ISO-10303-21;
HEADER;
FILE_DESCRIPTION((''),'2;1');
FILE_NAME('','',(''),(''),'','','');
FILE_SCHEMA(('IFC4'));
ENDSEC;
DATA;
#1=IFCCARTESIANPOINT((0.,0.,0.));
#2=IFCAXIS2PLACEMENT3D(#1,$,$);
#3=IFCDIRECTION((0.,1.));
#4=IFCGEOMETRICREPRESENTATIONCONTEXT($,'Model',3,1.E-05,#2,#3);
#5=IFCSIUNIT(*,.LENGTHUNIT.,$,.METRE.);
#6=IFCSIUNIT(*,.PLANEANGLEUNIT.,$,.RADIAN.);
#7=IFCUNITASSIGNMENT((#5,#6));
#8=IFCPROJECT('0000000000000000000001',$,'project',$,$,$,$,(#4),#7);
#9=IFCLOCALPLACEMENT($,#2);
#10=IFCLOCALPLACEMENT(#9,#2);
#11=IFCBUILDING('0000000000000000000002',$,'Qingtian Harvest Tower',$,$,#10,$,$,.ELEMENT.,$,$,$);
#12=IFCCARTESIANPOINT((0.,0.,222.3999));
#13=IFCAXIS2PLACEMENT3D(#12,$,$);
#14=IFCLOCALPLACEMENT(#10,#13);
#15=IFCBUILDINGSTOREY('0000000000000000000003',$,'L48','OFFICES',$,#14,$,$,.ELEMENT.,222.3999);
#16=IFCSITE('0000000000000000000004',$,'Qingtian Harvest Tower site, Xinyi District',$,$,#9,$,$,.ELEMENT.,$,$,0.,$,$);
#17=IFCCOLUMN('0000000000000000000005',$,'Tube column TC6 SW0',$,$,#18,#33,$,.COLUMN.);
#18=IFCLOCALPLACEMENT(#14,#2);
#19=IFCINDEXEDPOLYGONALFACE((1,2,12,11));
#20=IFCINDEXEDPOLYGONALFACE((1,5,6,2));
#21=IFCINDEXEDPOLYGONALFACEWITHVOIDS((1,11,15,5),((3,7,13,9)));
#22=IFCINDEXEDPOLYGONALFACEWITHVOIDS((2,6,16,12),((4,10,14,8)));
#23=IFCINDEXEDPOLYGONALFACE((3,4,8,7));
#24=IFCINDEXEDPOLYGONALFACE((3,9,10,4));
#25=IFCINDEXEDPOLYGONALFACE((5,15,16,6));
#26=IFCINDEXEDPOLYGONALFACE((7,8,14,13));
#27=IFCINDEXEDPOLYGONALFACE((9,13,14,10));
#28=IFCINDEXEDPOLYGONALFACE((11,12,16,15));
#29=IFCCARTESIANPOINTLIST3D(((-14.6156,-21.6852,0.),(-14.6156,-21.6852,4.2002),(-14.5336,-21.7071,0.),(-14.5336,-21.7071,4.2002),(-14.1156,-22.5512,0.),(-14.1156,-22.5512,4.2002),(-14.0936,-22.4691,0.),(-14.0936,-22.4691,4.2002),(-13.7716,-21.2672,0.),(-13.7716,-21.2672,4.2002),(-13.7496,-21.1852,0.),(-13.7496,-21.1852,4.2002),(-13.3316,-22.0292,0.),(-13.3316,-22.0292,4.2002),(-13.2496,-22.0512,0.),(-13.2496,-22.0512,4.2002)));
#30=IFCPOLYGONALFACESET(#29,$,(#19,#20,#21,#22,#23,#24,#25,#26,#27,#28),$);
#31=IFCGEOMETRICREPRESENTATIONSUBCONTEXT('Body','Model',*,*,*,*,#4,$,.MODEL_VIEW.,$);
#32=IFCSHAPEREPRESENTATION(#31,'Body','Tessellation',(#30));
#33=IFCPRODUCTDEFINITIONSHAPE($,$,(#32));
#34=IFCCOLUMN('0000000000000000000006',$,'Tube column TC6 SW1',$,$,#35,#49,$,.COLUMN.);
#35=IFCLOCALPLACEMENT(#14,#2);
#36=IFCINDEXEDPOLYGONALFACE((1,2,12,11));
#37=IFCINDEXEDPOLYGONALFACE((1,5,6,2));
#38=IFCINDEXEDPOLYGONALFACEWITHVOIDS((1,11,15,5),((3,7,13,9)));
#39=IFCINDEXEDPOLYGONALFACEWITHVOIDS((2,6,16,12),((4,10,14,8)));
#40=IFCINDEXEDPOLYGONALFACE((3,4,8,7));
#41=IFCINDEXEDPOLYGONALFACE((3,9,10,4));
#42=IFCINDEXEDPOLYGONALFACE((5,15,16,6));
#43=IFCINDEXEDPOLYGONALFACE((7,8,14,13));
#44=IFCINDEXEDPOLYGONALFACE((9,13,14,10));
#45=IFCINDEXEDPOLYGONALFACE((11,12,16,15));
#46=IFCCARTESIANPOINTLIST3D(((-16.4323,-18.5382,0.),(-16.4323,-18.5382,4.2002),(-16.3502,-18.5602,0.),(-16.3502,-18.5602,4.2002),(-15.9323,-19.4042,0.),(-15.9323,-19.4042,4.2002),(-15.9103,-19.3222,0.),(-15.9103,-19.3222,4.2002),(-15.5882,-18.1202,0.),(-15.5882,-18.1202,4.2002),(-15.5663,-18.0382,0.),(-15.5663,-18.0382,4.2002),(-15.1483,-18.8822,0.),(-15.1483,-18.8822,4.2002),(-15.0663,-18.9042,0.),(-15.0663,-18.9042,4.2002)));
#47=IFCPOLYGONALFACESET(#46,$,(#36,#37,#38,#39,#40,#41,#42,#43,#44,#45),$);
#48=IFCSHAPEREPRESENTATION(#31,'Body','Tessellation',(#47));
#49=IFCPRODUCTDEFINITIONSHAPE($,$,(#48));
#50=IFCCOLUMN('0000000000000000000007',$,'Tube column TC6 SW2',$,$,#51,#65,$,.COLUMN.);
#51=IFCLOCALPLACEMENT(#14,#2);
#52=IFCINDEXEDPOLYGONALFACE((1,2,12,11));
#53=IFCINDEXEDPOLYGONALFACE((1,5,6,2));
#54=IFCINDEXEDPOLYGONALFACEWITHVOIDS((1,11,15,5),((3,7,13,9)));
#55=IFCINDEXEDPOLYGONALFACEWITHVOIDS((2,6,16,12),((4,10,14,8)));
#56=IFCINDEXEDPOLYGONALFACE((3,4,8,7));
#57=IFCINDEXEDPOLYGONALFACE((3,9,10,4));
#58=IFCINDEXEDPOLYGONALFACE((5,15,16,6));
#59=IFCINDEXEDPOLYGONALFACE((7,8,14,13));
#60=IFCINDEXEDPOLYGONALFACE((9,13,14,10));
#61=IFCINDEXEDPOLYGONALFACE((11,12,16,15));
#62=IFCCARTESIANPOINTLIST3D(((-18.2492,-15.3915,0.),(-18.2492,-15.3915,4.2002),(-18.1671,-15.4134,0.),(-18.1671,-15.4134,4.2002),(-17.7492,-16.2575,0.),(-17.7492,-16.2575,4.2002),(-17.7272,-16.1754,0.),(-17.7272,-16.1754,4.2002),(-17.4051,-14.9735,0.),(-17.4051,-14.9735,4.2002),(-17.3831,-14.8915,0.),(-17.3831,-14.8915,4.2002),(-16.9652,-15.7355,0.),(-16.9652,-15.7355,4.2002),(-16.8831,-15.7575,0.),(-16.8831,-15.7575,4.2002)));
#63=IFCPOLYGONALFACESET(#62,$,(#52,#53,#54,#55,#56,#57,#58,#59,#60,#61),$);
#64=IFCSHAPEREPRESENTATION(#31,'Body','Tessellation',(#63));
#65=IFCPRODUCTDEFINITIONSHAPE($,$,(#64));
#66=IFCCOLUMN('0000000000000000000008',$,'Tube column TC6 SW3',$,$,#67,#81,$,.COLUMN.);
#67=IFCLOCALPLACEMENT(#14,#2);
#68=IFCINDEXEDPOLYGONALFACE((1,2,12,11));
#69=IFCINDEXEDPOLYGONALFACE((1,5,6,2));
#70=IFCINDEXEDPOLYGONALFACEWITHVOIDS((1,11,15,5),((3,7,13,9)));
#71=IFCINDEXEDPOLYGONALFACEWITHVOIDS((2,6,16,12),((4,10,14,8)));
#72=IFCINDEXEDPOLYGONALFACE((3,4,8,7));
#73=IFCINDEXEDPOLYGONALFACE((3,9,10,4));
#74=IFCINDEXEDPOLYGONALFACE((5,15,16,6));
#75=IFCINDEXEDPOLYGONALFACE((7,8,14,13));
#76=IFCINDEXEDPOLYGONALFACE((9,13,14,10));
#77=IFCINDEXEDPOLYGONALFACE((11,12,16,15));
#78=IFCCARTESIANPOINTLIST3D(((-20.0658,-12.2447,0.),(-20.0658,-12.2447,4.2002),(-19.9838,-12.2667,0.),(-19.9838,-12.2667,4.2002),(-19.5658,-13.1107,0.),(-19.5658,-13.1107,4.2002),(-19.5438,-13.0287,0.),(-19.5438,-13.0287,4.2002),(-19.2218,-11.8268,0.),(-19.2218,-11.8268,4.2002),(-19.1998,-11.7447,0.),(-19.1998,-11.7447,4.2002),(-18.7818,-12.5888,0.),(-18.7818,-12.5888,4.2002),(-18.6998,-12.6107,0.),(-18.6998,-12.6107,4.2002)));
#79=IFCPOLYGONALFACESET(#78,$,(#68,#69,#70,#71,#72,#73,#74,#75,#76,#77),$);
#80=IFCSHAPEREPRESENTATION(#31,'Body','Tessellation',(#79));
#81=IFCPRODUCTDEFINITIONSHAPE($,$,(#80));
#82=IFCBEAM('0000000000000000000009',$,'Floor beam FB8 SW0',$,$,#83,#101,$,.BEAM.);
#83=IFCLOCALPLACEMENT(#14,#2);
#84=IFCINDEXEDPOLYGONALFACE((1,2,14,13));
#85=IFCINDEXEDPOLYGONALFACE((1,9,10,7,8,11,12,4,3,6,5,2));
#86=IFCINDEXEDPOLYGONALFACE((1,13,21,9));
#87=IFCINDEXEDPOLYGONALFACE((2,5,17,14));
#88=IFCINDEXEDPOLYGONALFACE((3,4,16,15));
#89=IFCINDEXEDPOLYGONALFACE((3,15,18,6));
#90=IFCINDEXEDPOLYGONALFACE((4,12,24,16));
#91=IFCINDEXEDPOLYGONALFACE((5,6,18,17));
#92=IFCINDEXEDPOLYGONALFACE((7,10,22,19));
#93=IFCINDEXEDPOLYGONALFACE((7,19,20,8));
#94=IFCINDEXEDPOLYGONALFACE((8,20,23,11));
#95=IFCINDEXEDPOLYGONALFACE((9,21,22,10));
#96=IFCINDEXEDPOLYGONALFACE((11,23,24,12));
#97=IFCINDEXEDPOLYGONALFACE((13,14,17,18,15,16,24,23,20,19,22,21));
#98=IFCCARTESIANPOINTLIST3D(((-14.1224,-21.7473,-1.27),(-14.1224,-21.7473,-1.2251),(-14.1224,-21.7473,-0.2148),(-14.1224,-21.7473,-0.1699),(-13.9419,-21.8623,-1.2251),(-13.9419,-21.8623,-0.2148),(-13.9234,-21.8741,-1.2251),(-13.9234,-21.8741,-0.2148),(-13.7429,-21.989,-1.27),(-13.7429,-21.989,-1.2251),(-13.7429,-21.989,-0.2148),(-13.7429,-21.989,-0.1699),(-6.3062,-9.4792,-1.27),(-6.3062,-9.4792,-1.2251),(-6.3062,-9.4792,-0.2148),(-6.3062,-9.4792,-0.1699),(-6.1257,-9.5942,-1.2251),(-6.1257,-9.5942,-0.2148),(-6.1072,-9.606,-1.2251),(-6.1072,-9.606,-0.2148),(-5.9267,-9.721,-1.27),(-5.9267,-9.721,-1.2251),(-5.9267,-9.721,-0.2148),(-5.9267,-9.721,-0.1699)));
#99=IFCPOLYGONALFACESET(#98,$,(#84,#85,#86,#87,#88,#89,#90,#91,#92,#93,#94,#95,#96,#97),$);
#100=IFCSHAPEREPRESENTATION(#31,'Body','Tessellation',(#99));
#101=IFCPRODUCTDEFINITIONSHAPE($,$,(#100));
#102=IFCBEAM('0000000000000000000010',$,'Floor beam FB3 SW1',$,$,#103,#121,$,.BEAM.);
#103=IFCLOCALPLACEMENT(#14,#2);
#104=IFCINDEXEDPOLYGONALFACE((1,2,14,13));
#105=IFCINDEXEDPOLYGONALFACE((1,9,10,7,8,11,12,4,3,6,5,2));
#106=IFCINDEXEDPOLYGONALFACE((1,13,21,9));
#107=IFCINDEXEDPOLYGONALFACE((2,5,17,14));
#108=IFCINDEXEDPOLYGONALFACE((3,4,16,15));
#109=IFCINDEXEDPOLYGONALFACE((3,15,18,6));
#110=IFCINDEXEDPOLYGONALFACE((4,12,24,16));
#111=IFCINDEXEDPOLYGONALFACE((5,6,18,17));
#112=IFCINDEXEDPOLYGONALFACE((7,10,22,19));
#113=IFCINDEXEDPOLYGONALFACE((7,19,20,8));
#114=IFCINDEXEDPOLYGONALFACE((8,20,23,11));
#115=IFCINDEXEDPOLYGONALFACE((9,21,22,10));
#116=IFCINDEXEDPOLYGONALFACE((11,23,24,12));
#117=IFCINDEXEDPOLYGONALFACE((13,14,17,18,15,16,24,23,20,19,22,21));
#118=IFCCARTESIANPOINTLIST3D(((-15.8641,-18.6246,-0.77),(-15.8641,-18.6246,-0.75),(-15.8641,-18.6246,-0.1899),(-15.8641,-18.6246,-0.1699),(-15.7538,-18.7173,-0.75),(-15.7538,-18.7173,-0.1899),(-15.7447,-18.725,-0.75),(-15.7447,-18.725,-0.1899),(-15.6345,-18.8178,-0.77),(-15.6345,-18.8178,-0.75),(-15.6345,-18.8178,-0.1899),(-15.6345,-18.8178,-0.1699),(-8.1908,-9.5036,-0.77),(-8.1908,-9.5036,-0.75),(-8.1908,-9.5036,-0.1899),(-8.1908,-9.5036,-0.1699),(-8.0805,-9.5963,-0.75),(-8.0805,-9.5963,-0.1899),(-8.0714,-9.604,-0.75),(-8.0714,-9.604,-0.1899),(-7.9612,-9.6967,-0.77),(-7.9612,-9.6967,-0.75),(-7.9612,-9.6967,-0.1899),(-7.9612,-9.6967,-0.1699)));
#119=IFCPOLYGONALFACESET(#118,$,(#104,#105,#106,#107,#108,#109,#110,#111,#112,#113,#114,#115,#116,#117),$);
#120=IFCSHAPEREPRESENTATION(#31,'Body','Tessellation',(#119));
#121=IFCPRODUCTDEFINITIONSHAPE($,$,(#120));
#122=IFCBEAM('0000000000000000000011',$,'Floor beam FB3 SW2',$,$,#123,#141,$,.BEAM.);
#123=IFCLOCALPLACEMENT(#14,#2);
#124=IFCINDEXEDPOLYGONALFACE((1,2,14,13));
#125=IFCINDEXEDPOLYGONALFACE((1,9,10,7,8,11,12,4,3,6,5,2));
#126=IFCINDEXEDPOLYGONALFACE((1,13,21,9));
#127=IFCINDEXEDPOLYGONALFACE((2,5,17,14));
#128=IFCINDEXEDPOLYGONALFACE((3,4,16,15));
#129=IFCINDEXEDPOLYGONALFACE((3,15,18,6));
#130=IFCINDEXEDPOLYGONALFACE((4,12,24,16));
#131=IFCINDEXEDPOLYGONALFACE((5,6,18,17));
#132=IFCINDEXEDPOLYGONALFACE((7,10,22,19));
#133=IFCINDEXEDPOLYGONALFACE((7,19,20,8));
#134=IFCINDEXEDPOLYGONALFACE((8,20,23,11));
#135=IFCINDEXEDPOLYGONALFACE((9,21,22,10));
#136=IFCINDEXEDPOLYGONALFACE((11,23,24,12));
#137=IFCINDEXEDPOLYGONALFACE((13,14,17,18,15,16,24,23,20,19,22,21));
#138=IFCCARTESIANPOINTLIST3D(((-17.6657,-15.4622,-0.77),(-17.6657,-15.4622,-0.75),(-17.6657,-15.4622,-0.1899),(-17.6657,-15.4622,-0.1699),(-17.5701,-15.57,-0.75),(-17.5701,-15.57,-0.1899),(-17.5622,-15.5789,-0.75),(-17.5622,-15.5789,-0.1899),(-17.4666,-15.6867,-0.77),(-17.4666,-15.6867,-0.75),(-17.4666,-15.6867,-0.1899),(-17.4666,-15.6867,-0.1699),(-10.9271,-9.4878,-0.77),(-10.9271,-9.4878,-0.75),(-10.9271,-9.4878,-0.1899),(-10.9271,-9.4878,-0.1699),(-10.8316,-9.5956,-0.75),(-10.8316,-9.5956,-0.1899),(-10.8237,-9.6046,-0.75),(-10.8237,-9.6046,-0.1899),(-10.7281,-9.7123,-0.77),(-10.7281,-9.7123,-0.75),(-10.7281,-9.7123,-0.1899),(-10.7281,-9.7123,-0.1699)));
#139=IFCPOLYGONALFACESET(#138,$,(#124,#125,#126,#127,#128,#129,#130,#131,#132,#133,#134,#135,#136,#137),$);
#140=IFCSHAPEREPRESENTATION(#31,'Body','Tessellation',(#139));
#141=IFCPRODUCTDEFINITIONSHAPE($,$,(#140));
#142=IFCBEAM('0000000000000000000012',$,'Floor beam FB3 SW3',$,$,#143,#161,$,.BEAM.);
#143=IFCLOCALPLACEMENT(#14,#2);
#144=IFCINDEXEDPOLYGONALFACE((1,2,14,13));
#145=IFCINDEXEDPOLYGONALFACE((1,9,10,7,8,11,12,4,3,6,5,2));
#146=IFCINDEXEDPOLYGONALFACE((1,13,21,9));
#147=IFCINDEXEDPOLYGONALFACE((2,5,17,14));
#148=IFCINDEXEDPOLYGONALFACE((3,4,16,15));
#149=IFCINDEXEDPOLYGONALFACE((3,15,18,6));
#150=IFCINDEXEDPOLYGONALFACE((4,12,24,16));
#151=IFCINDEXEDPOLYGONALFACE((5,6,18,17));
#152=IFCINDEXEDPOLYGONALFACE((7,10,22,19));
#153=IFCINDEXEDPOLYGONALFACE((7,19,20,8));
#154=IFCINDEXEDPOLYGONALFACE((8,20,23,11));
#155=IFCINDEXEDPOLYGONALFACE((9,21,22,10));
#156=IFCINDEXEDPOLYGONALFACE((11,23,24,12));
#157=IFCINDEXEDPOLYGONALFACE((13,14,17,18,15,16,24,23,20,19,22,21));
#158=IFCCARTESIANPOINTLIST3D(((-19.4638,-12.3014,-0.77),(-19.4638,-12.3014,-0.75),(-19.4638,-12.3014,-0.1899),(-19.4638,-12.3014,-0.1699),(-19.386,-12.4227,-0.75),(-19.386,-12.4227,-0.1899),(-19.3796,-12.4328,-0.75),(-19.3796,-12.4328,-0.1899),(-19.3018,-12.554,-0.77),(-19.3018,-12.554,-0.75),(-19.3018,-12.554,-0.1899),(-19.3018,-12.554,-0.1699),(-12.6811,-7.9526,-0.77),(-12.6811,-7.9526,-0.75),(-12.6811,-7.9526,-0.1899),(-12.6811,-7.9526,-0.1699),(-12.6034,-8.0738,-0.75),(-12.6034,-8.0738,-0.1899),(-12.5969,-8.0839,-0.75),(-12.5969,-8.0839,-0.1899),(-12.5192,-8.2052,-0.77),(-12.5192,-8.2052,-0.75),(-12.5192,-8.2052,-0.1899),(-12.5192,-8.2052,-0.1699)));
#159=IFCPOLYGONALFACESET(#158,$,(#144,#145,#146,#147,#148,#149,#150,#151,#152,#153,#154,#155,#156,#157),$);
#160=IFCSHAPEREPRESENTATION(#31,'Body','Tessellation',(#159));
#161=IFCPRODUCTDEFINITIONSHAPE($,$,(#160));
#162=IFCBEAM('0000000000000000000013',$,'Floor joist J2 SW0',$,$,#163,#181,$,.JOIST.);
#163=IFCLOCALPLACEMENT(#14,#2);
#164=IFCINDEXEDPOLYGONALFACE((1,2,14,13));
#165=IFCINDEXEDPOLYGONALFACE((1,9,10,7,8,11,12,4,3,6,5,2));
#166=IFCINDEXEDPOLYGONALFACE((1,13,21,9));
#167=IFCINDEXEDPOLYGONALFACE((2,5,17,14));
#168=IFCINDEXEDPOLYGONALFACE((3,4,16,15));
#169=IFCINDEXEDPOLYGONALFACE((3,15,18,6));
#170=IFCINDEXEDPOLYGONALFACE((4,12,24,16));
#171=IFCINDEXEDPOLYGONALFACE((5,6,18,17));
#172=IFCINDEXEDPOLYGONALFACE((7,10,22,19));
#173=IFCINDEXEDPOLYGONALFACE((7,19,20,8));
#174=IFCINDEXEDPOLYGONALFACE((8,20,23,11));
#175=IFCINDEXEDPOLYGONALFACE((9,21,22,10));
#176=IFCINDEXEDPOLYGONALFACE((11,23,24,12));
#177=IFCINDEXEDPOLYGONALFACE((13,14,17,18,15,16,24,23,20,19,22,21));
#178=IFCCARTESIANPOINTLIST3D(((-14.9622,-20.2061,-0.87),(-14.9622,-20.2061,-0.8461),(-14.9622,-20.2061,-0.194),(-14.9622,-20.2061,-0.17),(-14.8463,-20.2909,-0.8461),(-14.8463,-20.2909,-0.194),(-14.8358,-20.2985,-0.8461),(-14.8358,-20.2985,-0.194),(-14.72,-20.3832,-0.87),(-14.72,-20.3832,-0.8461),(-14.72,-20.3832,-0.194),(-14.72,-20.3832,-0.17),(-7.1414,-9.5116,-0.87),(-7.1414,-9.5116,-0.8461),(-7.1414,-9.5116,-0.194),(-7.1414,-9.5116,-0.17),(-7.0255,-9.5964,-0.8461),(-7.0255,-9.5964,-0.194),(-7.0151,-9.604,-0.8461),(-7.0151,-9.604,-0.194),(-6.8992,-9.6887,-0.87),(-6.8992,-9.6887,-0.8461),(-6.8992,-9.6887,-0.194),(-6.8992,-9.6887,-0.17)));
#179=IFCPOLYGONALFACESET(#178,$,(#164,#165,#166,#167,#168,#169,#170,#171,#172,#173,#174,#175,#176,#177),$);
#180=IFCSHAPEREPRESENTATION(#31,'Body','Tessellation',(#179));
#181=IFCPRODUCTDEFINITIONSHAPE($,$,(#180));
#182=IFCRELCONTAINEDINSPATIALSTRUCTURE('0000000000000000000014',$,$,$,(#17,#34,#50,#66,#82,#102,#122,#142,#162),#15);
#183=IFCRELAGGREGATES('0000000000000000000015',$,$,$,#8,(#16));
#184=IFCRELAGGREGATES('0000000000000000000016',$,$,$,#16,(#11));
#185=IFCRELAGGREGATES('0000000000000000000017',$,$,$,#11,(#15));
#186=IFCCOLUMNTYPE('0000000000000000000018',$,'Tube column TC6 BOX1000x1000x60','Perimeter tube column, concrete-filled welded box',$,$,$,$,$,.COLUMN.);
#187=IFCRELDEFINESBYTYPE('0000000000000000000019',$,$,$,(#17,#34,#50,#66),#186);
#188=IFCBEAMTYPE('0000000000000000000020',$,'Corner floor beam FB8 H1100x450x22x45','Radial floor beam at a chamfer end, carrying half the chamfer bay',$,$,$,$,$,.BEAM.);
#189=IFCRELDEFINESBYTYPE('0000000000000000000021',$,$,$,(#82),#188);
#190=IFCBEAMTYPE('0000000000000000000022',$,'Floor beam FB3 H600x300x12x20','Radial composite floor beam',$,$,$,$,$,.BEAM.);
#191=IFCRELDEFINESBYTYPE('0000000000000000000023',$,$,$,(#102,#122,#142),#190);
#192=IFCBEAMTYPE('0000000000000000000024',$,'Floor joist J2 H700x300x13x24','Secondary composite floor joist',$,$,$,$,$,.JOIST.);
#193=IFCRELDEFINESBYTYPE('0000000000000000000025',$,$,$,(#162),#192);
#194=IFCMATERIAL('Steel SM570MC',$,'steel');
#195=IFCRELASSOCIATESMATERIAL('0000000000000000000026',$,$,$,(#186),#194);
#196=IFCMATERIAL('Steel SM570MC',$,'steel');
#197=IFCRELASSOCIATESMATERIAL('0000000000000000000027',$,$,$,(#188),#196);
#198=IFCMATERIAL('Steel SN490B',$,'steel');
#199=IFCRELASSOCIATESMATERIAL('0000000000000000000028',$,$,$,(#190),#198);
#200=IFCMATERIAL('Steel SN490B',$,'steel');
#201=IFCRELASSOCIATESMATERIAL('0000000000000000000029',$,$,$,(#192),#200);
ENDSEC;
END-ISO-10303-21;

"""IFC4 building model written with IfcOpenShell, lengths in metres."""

from ifc_helpers import new_model, si_unit, direction, frame, origin, origin_2d, place, context, subcontext, project, spatial, hollow_rectangle, i_section, extrude, material, material_profile, profile_set, type_object, element, save


model = new_model("IFC4")

# Units and contexts
model_context = context("Model", 3, precision=1e-05, world=origin(), true_north=direction((0.0, 1.0)))
body_context = subcontext(model_context, "Body", "Model", "MODEL_VIEW")
ifc_project = project(units=[si_unit("LENGTHUNIT", "METRE"), si_unit("PLANEANGLEUNIT", "RADIAN")], contexts=[model_context])

# Site, building, storey
site_placement = place(None, origin())
site = spatial("IfcSite", under=ifc_project, at=site_placement, Name="Qingtian Harvest Tower site, Xinyi District", CompositionType="ELEMENT", RefElevation=0.0)
building_placement = place(site_placement, origin())
building = spatial("IfcBuilding", under=site, at=building_placement, Name="Qingtian Harvest Tower", CompositionType="ELEMENT")
storey_placement = place(building_placement, frame((0.0, 0.0, 222.3999)))
storey = spatial("IfcBuildingStorey", under=building, at=storey_placement, Name="L48", Description="OFFICES", CompositionType="ELEMENT", Elevation=222.3999)

# Columns
ifc_material_1 = material(Name="Steel SM570MC", Category="steel")
ifc_material_profile_1 = material_profile(ifc_material_1, hollow_rectangle(XDim=1.0, YDim=1.0, WallThickness=0.0601, at=origin_2d()), Name="BOX1000x1000x60")
ifc_profile_set_1 = profile_set([ifc_material_profile_1], Name="Steel SM570MC")
column_type = type_object("IfcColumnType", Name="Tube column TC6 BOX1000x1000x60", Description="Perimeter tube column, concrete-filled welded box", PredefinedType="COLUMN", material=ifc_profile_set_1)
for number, where, z_axis, x_axis, name in (
    (1, (-13.9326, -21.8682, 0.0), (0.0, 0.0, 1.0), (0.5, -0.866025, 0.0), "Tube column TC6 SW0"),
    (2, (-15.7493, -18.7212, 0.0), (0.0, 0.0, 1.0), (0.5, -0.866025, 0.0), "Tube column TC6 SW1"),
    (3, (-17.5662, -15.5745, 0.0), (0.0, 0.0, 1.0), (0.5, -0.866025, 0.0), "Tube column TC6 SW2"),
    (4, (-19.3828, -12.4277, 0.0), (0.0, 0.0, 1.0), (0.5, -0.866025, 0.0), "Tube column TC6 SW3"),
):
    element("IfcColumn", number, at=place(storey_placement, frame(where, z_axis=z_axis, x_axis=x_axis)), inside=storey, type_object=column_type, Name=name, PredefinedType="COLUMN", context=body_context, shape_type="SweptSolid", body=[
        extrude(hollow_rectangle(XDim=1.0, YDim=1.0, WallThickness=0.0601, at=origin_2d()), origin(), (0.0, 0.0, 1.0), 4.2002),
    ])

# Beams
ifc_material_2 = material(Name="Steel SM570MC", Category="steel")
ifc_material_profile_2 = material_profile(ifc_material_2, i_section(OverallWidth=0.45, OverallDepth=1.1001, WebThickness=0.022, FlangeThickness=0.0449, at=origin_2d()), Name="H1100x450x22x45")
ifc_profile_set_2 = profile_set([ifc_material_profile_2], Name="Steel SM570MC")
beam_type_1 = type_object("IfcBeamType", Name="Corner floor beam FB8 H1100x450x22x45", Description="Radial floor beam at a chamfer end, carrying half the chamfer bay", PredefinedType="BEAM", material=ifc_profile_set_2)
beam_1_placement = place(storey_placement, frame((-13.9326, -21.8682, -0.72), z_axis=(0.537326, 0.843375, 0.0), x_axis=(-0.843375, 0.537326, 0.0)))
element("IfcBeam", 5, at=beam_1_placement, inside=storey, type_object=beam_type_1, Name="Floor beam FB8 SW0", PredefinedType="BEAM", context=body_context, shape_type="SweptSolid", body=[
    extrude(i_section(OverallWidth=0.45, OverallDepth=1.1001, WebThickness=0.022, FlangeThickness=0.0449, at=origin_2d()), origin(), (0.0, 0.0, 1.0), 14.5464),
])
ifc_material_3 = material(Name="Steel SN490B", Category="steel")
ifc_material_profile_3 = material_profile(ifc_material_3, i_section(OverallWidth=0.3, OverallDepth=0.6001, WebThickness=0.012, FlangeThickness=0.02, at=origin_2d()), Name="H600x300x12x20")
ifc_profile_set_3 = profile_set([ifc_material_profile_3], Name="Steel SN490B")
beam_type_2 = type_object("IfcBeamType", Name="Floor beam FB3 H600x300x12x20", Description="Radial composite floor beam", PredefinedType="BEAM", material=ifc_profile_set_3)
beam_2_placement = place(storey_placement, frame((-15.7493, -18.7212, -0.47), z_axis=(0.643764, 0.765224, 0.0), x_axis=(-0.765224, 0.643764, 0.0)))
element("IfcBeam", 6, at=beam_2_placement, inside=storey, type_object=beam_type_2, Name="Floor beam FB3 SW1", PredefinedType="BEAM", context=body_context, shape_type="SweptSolid", body=[
    extrude(i_section(OverallWidth=0.3, OverallDepth=0.6001, WebThickness=0.012, FlangeThickness=0.02, at=origin_2d()), origin(), (0.0, 0.0, 1.0), 11.9194),
])
beam_3_placement = place(storey_placement, frame((-17.5662, -15.5745, -0.47), z_axis=(0.74826, 0.663406, 0.0), x_axis=(-0.663406, 0.74826, 0.0)))
element("IfcBeam", 7, at=beam_3_placement, inside=storey, type_object=beam_type_2, Name="Floor beam FB3 SW2", PredefinedType="BEAM", context=body_context, shape_type="SweptSolid", body=[
    extrude(i_section(OverallWidth=0.3, OverallDepth=0.6001, WebThickness=0.012, FlangeThickness=0.02, at=origin_2d()), origin(), (0.0, 0.0, 1.0), 9.0056),
])
beam_4_placement = place(storey_placement, frame((-19.3828, -12.4277, -0.47), z_axis=(0.841824, 0.539753, 0.0), x_axis=(-0.539753, 0.841824, 0.0)))
element("IfcBeam", 8, at=beam_4_placement, inside=storey, type_object=beam_type_2, Name="Floor beam FB3 SW3", PredefinedType="BEAM", context=body_context, shape_type="SweptSolid", body=[
    extrude(i_section(OverallWidth=0.3, OverallDepth=0.6001, WebThickness=0.012, FlangeThickness=0.02, at=origin_2d()), origin(), (0.0, 0.0, 1.0), 8.0571),
])
ifc_material_4 = material(Name="Steel SN490B", Category="steel")
ifc_material_profile_4 = material_profile(ifc_material_4, i_section(OverallWidth=0.3, OverallDepth=0.7, WebThickness=0.0129, FlangeThickness=0.0239, at=origin_2d()), Name="H700x300x13x24")
ifc_profile_set_4 = profile_set([ifc_material_profile_4], Name="Steel SN490B")
beam_type_3 = type_object("IfcBeamType", Name="Floor joist J2 H700x300x13x24", Description="Secondary composite floor joist", PredefinedType="JOIST", material=ifc_profile_set_4)
beam_5_placement = place(storey_placement, frame((-14.8411, -20.2947, -0.52), z_axis=(0.590289, 0.807192, 0.0), x_axis=(-0.807192, 0.590289, 0.0)))
element("IfcBeam", 9, at=beam_5_placement, inside=storey, type_object=beam_type_3, Name="Floor joist J2 SW0", PredefinedType="JOIST", context=body_context, shape_type="SweptSolid", body=[
    extrude(i_section(OverallWidth=0.3, OverallDepth=0.7, WebThickness=0.0129, FlangeThickness=0.0239, at=origin_2d()), origin(), (0.0, 0.0, 1.0), 13.249),
])

save(model, "model.ifc")
